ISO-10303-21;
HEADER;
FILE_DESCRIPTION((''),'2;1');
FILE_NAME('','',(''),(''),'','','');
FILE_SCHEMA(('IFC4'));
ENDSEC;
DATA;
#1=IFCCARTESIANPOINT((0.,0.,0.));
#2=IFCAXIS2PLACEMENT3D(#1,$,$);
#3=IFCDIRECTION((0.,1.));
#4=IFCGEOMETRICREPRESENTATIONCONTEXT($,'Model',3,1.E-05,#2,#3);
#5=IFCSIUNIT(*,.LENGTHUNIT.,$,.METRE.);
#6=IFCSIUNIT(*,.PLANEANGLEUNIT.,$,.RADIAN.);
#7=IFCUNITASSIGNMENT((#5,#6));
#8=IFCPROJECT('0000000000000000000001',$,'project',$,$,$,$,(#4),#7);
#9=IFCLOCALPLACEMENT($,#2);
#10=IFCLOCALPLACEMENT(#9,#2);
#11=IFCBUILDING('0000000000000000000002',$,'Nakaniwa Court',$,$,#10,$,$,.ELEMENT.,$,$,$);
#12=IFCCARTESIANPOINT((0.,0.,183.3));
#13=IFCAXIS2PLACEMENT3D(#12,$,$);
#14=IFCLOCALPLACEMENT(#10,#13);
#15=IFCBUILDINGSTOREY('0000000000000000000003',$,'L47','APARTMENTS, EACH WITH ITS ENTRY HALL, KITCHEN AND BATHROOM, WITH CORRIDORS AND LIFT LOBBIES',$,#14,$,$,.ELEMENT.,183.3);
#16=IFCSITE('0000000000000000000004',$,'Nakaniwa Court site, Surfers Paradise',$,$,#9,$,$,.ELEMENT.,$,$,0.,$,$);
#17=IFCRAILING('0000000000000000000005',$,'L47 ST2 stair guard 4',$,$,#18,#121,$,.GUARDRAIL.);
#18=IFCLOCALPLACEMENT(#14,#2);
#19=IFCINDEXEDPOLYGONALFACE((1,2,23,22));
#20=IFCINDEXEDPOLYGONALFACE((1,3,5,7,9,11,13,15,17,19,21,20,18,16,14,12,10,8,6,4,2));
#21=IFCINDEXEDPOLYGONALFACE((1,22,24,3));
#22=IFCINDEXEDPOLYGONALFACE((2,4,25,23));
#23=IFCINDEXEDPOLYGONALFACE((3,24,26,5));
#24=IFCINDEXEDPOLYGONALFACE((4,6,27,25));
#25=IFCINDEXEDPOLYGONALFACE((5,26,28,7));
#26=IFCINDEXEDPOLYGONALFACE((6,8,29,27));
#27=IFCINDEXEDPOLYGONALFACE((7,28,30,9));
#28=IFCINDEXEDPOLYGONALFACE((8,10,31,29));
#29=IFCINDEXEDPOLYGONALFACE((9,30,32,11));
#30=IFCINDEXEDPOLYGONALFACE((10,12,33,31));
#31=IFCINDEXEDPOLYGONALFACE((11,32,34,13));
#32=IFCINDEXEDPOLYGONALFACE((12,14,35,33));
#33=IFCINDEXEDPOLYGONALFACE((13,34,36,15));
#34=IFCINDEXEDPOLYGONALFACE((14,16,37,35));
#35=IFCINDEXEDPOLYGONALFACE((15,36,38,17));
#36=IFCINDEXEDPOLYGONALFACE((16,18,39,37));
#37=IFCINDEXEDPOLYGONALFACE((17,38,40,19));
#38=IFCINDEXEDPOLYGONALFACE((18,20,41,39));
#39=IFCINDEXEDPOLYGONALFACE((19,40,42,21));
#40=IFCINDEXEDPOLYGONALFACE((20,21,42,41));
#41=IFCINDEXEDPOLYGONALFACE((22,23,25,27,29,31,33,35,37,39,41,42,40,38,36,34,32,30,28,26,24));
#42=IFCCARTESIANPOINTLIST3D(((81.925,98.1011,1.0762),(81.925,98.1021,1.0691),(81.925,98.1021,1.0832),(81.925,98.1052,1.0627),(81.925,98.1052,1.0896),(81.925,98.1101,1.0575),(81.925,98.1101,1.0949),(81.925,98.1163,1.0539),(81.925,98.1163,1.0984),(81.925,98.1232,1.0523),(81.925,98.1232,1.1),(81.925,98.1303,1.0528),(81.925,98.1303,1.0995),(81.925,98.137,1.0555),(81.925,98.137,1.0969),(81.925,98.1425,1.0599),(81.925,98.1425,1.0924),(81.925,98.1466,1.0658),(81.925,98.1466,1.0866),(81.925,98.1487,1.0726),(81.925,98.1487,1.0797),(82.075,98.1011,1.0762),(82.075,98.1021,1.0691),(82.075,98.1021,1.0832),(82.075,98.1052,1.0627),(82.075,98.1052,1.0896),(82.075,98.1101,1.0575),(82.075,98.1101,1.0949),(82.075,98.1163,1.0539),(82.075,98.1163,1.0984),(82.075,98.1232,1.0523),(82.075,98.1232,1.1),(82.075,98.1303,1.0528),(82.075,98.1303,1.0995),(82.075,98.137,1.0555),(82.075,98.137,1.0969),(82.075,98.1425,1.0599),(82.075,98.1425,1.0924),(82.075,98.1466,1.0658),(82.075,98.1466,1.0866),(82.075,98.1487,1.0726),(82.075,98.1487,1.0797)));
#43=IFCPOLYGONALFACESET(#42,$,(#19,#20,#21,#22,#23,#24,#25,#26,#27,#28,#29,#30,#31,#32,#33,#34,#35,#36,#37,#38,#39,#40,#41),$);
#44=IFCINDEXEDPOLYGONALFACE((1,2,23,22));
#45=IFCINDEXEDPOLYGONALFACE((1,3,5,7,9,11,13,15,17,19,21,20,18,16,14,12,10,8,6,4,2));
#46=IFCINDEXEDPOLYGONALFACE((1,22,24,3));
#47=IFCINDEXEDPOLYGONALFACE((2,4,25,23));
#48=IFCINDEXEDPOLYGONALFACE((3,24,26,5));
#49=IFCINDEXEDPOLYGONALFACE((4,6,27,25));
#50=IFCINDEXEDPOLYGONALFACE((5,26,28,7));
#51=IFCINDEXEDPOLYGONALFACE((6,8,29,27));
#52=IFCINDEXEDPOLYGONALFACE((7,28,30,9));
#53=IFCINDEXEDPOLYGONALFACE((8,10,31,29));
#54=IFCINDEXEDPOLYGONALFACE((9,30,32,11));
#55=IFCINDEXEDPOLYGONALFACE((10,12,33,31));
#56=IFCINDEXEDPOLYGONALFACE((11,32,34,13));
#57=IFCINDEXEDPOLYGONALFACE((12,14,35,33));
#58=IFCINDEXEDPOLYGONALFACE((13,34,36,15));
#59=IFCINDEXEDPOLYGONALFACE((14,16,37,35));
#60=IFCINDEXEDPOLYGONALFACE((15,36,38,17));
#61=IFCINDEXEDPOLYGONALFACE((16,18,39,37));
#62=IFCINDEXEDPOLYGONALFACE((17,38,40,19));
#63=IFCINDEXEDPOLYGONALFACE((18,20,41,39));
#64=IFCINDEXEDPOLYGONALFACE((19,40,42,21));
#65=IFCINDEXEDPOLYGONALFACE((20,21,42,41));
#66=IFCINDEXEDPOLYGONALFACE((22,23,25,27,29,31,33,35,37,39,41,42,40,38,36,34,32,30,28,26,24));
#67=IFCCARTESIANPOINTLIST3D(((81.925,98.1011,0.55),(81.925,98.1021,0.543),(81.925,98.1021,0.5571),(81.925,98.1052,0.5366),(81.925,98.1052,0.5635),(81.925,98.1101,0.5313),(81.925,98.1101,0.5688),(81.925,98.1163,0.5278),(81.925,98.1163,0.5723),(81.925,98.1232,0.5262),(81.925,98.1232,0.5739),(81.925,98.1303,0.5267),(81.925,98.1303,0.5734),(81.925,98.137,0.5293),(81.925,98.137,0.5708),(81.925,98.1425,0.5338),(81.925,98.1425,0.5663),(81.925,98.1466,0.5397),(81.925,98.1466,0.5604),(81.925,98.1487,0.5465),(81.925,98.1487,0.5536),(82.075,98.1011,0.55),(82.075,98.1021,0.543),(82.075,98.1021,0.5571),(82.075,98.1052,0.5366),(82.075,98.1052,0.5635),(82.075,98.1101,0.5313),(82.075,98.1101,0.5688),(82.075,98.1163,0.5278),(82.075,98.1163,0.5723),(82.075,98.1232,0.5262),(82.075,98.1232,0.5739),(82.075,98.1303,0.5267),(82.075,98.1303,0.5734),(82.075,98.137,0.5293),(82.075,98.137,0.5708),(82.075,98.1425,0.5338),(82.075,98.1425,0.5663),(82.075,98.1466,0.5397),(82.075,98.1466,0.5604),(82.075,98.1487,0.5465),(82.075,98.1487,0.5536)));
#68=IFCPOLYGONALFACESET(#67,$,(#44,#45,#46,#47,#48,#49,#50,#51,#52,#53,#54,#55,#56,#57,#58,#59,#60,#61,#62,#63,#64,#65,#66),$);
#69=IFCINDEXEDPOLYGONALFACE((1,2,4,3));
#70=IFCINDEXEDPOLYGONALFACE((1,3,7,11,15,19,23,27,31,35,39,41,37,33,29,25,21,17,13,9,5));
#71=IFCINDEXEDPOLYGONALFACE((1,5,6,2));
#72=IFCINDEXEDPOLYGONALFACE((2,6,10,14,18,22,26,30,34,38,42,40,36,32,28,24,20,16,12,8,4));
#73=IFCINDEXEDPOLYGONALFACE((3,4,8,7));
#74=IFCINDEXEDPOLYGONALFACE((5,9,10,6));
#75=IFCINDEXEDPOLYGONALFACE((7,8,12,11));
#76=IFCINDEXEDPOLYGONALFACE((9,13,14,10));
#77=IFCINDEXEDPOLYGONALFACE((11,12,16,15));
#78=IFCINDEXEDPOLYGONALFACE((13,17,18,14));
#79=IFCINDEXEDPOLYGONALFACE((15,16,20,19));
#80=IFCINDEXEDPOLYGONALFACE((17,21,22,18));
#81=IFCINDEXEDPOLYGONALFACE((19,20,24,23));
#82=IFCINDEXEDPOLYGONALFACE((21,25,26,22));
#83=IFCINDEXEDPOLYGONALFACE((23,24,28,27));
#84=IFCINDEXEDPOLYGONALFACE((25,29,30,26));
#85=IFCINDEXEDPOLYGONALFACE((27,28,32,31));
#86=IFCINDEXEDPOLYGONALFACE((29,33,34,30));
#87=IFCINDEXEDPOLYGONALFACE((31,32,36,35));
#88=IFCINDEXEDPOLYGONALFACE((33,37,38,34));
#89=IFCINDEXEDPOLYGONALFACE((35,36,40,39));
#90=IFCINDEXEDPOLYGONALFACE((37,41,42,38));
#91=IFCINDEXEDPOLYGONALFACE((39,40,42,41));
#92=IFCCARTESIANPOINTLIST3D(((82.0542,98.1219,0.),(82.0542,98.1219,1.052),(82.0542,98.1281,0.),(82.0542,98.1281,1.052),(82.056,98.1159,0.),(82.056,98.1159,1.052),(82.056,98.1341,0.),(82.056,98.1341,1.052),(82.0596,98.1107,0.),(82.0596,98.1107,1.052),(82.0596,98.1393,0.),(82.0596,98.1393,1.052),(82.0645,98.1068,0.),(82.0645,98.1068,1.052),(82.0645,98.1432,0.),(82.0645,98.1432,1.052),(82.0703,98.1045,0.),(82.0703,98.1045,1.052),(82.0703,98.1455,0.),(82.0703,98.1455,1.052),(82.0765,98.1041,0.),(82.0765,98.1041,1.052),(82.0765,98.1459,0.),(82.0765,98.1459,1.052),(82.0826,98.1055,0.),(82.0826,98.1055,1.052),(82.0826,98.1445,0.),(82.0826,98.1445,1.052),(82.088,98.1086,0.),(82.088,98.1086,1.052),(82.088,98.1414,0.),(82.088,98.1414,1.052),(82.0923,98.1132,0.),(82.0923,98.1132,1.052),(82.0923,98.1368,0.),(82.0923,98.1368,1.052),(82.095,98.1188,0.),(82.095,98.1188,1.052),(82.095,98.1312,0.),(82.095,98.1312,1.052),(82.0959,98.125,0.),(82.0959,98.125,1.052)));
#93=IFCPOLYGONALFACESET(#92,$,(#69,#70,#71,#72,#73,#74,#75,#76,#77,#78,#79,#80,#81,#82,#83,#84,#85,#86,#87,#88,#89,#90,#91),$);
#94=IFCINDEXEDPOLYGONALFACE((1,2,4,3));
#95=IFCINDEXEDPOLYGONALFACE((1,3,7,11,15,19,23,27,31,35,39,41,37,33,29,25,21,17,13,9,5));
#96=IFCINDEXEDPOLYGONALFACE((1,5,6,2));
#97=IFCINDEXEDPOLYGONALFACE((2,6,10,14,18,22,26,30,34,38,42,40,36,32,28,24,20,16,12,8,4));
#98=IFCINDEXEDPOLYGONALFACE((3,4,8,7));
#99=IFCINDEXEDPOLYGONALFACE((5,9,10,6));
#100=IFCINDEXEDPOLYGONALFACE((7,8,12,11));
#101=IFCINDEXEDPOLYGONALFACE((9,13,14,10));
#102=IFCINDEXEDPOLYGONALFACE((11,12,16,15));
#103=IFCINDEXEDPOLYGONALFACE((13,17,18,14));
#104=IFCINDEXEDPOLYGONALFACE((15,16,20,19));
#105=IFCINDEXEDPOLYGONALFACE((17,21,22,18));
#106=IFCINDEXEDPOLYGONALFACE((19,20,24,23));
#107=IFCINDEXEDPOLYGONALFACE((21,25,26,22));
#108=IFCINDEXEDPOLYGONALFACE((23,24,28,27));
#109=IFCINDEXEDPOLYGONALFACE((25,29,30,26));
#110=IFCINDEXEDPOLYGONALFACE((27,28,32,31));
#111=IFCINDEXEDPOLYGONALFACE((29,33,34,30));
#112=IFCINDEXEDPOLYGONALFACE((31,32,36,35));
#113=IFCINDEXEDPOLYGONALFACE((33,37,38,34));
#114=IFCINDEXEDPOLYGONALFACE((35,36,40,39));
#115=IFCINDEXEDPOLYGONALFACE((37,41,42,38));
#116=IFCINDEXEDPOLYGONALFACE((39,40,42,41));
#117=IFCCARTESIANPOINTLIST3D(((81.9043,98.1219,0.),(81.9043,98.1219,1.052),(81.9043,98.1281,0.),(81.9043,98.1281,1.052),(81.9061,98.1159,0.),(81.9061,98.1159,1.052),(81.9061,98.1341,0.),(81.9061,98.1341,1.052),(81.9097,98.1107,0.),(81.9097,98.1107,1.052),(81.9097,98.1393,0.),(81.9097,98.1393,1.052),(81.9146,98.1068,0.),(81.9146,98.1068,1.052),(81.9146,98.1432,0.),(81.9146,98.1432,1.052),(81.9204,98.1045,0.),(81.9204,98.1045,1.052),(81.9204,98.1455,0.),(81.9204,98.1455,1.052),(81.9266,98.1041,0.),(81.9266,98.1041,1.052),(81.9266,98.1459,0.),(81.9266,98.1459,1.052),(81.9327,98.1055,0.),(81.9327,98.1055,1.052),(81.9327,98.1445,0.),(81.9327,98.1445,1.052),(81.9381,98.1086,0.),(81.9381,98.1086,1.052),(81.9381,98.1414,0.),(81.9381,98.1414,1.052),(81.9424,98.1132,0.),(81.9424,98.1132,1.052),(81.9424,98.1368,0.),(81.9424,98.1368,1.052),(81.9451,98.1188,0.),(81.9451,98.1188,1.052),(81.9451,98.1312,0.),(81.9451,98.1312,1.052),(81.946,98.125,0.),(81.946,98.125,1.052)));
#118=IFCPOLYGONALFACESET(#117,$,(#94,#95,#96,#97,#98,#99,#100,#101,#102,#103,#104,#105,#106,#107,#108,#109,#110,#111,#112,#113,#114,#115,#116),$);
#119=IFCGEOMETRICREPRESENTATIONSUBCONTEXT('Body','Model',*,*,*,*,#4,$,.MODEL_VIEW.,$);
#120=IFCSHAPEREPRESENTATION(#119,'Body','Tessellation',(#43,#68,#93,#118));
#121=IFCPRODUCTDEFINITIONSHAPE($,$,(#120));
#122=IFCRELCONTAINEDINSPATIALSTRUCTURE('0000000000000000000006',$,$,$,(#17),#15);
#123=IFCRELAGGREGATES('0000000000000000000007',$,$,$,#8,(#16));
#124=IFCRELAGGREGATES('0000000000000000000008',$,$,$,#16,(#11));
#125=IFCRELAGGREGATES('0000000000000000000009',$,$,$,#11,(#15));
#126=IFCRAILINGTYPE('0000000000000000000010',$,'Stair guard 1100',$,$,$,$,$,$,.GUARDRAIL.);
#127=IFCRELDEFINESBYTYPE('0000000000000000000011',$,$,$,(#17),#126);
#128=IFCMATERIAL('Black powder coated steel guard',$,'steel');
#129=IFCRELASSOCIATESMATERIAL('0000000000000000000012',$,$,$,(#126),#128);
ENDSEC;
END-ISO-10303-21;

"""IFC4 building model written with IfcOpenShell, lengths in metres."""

from ifc_helpers import new_model, si_unit, direction, frame, origin, origin_2d, place, context, subcontext, project, spatial, circle, extrude, material, type_object, element, save


model = new_model("IFC4")

# Units and contexts
model_context = context("Model", 3, precision=1e-05, world=origin(), true_north=direction((0.0, 1.0)))
body_context = subcontext(model_context, "Body", "Model", "MODEL_VIEW")
ifc_project = project(units=[si_unit("LENGTHUNIT", "METRE"), si_unit("PLANEANGLEUNIT", "RADIAN")], contexts=[model_context])

# Site, building, storey
site_placement = place(None, origin())
site = spatial("IfcSite", under=ifc_project, at=site_placement, Name="Nakaniwa Court site, Surfers Paradise", CompositionType="ELEMENT", RefElevation=0.0)
building_placement = place(site_placement, origin())
building = spatial("IfcBuilding", under=site, at=building_placement, Name="Nakaniwa Court", CompositionType="ELEMENT")
storey_placement = place(building_placement, frame((0.0, 0.0, 183.3)))
storey = spatial("IfcBuildingStorey", under=building, at=storey_placement, Name="L47", Description="APARTMENTS, EACH WITH ITS ENTRY HALL, KITCHEN AND BATHROOM, WITH CORRIDORS AND LIFT LOBBIES", CompositionType="ELEMENT", Elevation=183.3)

# Railing
ifc_material_1 = material(Name="Black powder coated steel guard", Category="steel")
railing_type_1 = type_object("IfcRailingType", Name="Stair guard 1100", PredefinedType="GUARDRAIL", material=ifc_material_1)
railing_1_placement = place(storey_placement, frame((82.075, 98.125, 0.0)))
element("IfcRailing", 1, at=railing_1_placement, inside=storey, type_object=railing_type_1, Name="L47 ST2 stair guard 4", PredefinedType="GUARDRAIL", context=body_context, shape_type="SweptSolid", body=[
    extrude(circle(Radius=0.0239, at=origin_2d()), frame((0.0, 0.0, 1.0762), z_axis=(-1.0, 0.0, 0.0), x_axis=(0.0, -1.0, 0.0)), (0.0, 0.0, 1.0), 0.1499),
    extrude(circle(Radius=0.0239, at=origin_2d()), frame((0.0, 0.0, 0.55), z_axis=(-1.0, 0.0, 0.0), x_axis=(0.0, -1.0, 0.0)), (0.0, 0.0, 1.0), 0.1499),
    extrude(circle(Radius=0.021, at=origin_2d()), origin(), (0.0, 0.0, 1.0), 1.052),
    extrude(circle(Radius=0.021, at=origin_2d()), frame((-0.1499, 0.0, 0.0)), (0.0, 0.0, 1.0), 1.052),
])

save(model, "model.ifc")
